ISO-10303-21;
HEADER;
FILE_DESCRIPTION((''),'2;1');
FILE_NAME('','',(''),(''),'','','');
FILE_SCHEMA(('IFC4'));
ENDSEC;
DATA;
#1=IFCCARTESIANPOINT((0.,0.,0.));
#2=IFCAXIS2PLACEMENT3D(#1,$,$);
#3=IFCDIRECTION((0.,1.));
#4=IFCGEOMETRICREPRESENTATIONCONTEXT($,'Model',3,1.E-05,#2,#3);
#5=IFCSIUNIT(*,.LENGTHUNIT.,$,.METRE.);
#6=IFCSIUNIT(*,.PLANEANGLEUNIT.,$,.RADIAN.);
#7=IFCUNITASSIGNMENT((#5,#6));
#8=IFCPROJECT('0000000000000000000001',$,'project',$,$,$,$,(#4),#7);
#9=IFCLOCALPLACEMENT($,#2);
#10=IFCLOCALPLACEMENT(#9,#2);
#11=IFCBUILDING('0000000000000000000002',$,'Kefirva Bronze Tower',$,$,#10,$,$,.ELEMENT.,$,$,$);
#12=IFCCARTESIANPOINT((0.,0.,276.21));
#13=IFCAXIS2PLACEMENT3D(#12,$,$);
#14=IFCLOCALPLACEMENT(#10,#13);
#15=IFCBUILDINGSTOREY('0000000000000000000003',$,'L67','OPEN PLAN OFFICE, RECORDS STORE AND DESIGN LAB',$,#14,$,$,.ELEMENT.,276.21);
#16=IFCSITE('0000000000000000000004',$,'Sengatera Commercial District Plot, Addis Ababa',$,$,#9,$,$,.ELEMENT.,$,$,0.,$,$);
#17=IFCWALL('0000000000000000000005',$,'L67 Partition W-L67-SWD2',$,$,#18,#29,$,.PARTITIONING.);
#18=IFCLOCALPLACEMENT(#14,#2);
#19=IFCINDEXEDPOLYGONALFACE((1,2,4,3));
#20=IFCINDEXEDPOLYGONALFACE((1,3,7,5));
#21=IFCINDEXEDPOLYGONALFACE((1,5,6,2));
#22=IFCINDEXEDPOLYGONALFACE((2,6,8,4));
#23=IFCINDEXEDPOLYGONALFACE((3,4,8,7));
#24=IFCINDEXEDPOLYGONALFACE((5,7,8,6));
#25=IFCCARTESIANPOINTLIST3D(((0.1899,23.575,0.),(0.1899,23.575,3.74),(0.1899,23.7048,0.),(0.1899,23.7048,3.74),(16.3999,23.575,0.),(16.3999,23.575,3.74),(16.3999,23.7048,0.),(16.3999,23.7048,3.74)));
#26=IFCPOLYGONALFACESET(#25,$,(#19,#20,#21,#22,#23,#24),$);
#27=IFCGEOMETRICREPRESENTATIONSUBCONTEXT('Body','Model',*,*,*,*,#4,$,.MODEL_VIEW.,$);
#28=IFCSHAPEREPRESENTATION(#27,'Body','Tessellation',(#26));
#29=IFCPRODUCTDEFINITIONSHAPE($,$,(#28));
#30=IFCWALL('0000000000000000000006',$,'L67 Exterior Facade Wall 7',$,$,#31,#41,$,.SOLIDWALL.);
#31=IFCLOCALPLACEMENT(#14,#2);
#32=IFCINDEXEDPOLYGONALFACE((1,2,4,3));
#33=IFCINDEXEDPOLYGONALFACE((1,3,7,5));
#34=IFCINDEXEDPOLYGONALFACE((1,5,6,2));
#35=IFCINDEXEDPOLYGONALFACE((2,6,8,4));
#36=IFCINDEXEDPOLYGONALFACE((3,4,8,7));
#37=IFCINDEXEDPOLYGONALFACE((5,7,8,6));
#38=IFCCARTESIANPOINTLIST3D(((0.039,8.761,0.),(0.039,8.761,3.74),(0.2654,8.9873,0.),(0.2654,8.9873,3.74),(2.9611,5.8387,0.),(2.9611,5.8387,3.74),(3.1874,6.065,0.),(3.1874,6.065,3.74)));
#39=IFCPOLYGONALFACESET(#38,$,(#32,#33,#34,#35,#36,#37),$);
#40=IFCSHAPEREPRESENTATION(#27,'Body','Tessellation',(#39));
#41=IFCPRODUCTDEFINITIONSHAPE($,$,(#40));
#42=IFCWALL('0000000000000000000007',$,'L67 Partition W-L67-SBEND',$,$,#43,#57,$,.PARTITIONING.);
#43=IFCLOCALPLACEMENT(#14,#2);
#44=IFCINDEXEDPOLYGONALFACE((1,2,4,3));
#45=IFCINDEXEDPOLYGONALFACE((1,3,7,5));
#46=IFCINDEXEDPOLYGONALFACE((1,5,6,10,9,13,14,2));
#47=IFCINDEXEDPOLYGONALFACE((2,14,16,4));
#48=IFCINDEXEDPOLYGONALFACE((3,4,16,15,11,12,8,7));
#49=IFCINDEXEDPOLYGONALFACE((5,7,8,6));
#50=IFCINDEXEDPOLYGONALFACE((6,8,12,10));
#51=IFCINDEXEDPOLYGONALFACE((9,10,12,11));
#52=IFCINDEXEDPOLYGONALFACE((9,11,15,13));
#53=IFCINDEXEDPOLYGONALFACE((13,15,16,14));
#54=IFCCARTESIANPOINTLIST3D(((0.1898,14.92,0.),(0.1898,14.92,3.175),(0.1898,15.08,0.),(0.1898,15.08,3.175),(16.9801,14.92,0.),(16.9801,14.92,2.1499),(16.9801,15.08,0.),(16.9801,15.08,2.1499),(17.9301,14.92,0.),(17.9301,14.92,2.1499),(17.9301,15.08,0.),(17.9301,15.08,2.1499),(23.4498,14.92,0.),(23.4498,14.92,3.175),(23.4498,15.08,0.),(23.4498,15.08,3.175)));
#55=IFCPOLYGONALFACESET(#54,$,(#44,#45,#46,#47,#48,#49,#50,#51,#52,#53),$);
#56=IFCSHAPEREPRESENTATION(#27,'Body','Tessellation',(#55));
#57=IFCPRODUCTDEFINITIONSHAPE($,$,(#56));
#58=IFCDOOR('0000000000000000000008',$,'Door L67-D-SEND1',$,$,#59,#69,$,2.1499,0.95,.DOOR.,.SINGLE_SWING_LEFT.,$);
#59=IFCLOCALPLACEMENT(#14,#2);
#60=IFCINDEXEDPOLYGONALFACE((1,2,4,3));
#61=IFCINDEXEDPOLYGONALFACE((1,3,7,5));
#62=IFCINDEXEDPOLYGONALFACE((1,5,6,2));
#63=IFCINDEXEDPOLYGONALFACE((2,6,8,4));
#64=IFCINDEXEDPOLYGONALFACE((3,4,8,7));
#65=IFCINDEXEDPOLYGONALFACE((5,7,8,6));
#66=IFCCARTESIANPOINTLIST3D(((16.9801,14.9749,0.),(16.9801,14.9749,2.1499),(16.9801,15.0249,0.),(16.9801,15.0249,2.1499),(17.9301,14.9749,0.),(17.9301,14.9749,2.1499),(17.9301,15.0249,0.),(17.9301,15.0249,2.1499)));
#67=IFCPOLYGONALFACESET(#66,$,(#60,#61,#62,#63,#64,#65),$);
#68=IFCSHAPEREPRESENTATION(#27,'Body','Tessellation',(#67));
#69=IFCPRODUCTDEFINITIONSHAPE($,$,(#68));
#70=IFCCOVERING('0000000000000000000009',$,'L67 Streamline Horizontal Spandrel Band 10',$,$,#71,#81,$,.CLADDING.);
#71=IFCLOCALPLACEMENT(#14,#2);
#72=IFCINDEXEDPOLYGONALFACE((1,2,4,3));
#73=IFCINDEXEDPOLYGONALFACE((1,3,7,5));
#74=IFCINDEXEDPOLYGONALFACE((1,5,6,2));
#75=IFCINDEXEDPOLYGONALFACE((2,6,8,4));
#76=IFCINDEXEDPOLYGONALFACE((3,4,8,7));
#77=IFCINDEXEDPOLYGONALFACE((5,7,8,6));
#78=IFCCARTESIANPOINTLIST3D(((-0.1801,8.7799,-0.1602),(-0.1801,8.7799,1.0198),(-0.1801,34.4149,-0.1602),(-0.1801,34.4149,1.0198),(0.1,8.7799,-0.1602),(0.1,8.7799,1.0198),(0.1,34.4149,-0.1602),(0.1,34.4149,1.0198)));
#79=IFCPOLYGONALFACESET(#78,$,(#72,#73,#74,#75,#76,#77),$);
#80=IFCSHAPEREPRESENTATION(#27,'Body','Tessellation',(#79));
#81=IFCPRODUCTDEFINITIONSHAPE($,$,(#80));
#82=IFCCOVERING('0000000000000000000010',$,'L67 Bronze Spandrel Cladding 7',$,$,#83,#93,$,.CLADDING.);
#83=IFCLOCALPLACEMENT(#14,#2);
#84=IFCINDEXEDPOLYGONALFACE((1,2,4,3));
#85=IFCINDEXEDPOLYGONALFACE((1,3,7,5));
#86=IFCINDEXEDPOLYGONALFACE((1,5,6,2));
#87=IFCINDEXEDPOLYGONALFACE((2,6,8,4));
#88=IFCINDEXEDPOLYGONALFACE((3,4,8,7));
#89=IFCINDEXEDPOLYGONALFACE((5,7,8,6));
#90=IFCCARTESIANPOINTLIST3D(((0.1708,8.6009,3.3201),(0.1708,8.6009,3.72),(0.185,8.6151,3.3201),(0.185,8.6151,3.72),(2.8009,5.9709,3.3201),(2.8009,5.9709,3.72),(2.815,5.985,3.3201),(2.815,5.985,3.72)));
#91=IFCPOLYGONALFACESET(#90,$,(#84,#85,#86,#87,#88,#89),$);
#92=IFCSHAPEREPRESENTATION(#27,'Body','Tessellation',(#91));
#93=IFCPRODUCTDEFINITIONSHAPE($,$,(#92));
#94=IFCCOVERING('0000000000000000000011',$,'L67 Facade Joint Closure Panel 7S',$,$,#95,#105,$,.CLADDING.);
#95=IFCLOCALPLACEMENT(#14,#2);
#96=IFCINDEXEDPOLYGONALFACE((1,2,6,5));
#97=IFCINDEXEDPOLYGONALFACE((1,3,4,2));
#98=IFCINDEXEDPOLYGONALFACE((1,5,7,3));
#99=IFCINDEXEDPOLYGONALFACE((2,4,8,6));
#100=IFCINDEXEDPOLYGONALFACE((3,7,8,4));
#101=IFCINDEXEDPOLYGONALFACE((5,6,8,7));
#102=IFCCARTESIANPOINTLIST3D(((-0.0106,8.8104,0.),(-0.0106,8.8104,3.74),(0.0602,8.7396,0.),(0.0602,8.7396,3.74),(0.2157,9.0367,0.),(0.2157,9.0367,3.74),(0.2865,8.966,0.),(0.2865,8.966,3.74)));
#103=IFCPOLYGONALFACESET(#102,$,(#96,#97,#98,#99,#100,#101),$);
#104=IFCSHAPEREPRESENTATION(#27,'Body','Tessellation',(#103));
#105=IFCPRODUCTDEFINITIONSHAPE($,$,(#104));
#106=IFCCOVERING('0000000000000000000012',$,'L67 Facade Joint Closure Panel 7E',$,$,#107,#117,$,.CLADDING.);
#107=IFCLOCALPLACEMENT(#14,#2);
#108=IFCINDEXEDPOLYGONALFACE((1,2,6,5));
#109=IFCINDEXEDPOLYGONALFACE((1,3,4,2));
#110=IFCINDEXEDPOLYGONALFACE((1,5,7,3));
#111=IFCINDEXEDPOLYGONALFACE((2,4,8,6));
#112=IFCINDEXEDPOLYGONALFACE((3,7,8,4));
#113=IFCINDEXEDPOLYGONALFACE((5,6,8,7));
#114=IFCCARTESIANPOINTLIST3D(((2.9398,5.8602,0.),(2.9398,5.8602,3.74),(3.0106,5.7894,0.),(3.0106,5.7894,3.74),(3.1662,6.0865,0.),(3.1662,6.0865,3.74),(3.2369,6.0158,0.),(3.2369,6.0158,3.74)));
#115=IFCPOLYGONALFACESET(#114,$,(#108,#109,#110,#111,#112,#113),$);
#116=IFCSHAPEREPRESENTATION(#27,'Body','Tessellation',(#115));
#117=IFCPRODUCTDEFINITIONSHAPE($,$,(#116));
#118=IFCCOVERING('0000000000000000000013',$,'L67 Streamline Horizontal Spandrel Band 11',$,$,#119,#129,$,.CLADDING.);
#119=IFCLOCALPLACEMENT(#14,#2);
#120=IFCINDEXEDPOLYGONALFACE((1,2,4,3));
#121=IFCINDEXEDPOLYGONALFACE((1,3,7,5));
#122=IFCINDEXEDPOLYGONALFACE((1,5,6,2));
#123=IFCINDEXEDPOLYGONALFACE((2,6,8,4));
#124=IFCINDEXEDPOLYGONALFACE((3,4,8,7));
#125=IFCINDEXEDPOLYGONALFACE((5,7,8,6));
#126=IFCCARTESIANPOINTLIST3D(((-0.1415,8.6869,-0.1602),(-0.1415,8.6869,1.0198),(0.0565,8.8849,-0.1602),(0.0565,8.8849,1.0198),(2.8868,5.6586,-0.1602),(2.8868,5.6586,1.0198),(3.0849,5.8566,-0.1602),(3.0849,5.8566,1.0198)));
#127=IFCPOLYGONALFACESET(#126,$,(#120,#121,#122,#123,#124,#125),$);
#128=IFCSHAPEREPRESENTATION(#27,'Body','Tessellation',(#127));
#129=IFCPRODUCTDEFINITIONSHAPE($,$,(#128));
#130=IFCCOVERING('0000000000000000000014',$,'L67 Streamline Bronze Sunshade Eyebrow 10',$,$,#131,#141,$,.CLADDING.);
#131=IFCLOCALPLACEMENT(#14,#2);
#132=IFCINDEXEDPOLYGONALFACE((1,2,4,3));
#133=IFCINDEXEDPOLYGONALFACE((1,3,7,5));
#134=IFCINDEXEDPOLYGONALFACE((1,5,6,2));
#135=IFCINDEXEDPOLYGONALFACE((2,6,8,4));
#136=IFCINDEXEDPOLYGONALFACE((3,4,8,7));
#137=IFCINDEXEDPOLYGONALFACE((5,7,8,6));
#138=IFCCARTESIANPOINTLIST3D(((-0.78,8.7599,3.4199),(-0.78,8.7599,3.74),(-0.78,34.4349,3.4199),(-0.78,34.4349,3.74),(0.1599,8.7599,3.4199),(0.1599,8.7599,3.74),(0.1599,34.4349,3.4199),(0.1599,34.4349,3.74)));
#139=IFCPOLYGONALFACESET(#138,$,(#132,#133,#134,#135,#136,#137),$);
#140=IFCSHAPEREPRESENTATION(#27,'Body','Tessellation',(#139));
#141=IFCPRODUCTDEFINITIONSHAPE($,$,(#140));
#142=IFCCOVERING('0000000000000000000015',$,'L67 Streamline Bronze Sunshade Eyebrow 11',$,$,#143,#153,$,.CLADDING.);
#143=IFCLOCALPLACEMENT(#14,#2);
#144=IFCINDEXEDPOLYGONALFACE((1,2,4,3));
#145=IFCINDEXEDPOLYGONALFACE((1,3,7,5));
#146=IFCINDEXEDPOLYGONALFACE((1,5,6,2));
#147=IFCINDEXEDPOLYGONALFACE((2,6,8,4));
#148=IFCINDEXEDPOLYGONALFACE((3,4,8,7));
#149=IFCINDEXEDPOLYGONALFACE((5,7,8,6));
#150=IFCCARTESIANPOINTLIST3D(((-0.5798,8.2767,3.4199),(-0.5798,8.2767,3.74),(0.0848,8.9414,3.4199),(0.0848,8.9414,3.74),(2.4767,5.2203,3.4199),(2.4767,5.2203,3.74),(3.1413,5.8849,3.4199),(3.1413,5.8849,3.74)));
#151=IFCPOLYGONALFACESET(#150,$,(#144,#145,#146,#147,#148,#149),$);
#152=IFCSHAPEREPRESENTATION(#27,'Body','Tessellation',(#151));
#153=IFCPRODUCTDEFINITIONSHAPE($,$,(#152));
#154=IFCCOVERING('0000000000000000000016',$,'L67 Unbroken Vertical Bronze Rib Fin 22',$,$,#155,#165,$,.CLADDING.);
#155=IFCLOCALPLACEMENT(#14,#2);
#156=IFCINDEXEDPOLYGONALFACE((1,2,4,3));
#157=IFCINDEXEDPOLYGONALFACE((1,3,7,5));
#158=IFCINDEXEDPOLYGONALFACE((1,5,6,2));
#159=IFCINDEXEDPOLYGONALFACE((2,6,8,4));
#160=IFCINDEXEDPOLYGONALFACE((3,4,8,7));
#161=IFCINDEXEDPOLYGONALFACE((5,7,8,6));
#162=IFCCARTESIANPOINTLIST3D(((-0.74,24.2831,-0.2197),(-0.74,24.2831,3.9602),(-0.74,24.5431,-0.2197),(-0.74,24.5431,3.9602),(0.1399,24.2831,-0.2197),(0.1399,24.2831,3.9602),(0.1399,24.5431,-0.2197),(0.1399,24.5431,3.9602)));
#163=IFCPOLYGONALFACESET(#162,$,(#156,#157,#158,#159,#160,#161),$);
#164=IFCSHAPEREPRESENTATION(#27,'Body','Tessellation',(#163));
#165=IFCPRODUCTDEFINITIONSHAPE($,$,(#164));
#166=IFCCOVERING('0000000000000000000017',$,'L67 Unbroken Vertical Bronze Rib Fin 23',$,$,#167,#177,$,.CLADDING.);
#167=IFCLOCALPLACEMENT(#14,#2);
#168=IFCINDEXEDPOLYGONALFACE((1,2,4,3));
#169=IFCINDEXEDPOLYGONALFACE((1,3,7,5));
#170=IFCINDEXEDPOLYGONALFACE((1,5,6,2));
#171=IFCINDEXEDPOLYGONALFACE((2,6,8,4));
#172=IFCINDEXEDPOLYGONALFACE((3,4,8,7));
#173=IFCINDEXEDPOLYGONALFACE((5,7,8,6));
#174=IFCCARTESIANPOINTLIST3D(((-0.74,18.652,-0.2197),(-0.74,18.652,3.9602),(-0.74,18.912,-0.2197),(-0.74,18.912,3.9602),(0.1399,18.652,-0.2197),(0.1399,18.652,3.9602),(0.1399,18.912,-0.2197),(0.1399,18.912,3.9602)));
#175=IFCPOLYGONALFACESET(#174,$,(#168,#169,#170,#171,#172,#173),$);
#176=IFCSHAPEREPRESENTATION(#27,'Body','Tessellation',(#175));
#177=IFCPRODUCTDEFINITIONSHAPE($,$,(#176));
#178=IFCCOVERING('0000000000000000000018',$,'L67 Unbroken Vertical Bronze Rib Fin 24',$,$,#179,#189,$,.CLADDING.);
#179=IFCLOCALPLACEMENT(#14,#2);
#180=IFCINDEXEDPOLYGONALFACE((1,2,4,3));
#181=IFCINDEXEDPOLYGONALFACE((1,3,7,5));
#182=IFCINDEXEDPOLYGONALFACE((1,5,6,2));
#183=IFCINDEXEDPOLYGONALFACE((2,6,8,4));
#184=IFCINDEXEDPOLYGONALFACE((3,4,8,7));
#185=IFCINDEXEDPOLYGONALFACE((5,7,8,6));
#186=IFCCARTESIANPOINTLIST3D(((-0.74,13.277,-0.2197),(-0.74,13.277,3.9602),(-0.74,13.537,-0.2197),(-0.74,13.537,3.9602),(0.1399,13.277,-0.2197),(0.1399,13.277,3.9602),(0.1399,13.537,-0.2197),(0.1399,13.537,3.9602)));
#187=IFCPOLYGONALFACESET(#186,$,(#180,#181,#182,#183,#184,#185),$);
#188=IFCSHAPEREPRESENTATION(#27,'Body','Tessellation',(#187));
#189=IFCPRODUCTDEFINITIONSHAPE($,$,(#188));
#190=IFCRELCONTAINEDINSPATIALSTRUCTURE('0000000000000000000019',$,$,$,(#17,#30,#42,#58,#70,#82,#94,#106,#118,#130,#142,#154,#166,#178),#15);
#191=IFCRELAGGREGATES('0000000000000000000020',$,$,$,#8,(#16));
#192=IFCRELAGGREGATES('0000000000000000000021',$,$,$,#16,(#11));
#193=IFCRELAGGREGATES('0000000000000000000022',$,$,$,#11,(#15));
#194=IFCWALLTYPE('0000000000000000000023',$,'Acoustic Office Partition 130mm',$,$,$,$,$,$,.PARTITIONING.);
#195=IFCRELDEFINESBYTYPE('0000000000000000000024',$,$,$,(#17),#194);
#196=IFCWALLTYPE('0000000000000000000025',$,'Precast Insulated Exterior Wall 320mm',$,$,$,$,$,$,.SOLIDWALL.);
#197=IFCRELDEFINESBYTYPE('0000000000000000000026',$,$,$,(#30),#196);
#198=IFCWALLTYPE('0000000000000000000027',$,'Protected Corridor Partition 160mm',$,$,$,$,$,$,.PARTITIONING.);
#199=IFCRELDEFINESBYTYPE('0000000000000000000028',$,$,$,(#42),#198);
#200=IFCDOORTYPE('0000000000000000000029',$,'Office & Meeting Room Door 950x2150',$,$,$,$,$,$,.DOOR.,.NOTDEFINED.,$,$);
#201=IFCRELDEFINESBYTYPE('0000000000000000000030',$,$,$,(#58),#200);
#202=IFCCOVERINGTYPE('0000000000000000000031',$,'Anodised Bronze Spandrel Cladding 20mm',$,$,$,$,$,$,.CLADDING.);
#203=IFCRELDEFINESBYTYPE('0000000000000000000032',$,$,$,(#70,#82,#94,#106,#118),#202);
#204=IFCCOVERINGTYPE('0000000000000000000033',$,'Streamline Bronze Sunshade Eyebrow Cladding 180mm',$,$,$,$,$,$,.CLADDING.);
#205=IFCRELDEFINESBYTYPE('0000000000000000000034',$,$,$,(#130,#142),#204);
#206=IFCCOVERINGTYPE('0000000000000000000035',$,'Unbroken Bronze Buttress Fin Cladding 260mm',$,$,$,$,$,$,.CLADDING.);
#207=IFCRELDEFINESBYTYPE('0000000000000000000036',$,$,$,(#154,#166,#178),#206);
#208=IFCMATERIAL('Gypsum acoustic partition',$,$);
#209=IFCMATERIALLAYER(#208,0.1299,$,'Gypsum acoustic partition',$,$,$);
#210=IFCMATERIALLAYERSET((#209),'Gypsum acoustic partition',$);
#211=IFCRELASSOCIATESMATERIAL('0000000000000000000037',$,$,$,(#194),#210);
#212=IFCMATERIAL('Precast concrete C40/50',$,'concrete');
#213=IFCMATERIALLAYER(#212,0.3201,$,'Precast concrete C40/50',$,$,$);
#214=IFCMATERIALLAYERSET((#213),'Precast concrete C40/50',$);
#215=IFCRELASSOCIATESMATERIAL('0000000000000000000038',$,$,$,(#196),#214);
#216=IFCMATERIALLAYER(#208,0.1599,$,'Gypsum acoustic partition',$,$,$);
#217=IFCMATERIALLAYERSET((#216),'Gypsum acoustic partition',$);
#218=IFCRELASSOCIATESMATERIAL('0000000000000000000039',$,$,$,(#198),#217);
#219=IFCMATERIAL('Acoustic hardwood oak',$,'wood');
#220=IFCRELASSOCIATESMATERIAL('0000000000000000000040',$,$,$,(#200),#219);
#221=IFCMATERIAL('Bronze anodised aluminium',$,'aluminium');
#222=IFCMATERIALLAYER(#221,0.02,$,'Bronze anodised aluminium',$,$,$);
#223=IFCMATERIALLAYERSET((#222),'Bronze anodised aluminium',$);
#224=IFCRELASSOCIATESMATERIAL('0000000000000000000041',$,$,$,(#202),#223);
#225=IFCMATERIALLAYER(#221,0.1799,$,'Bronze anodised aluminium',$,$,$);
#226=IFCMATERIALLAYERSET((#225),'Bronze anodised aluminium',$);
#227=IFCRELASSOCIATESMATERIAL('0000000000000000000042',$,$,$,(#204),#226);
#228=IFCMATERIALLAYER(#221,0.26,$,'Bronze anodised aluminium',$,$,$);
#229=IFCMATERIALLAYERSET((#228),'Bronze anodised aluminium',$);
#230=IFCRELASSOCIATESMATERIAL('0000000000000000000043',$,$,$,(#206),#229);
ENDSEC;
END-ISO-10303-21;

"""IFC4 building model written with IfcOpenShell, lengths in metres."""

from ifc_helpers import new_model, si_unit, direction, frame, frame_2d, origin, origin_2d, place, context, subcontext, project, spatial, rectangle, extrude, material, layer, layer_set, type_object, element, fill, save


model = new_model("IFC4")

# Units and contexts
model_context = context("Model", 3, precision=1e-05, world=origin(), true_north=direction((0.0, 1.0)))
body_context = subcontext(model_context, "Body", "Model", "MODEL_VIEW")
ifc_project = project(units=[si_unit("LENGTHUNIT", "METRE"), si_unit("PLANEANGLEUNIT", "RADIAN")], contexts=[model_context])

# Site, building, storey
site_placement = place(None, origin())
site = spatial("IfcSite", under=ifc_project, at=site_placement, Name="Sengatera Commercial District Plot, Addis Ababa", CompositionType="ELEMENT", RefElevation=0.0)
building_placement = place(site_placement, origin())
building = spatial("IfcBuilding", under=site, at=building_placement, Name="Kefirva Bronze Tower", CompositionType="ELEMENT")
storey_placement = place(building_placement, frame((0.0, 0.0, 276.21)))
storey = spatial("IfcBuildingStorey", under=building, at=storey_placement, Name="L67", Description="OPEN PLAN OFFICE, RECORDS STORE AND DESIGN LAB", CompositionType="ELEMENT", Elevation=276.21)

# Shared definitions
ifc_material_1 = material(Name="Bronze anodised aluminium", Category="aluminium")

# Walls
ifc_material_2 = material(Name="Gypsum acoustic partition")
ifc_layer_1 = layer(ifc_material_2, 0.1299, Name="Gypsum acoustic partition")
ifc_layer_set_1 = layer_set([ifc_layer_1], Name="Gypsum acoustic partition")
wall_type_1 = type_object("IfcWallType", Name="Acoustic Office Partition 130mm", PredefinedType="PARTITIONING", material=ifc_layer_set_1)
for number, where, z_axis, x_axis, name in (
    (1, (0.1899, 23.6399, 0.0), (0.0, 0.0, 1.0), (1.0, 0.0, 0.0), "L67 Partition W-L67-SWD2"),
):
    element("IfcWall", number, at=place(storey_placement, frame(where, z_axis=z_axis, x_axis=x_axis)), inside=storey, type_object=wall_type_1, Name=name, PredefinedType="PARTITIONING", context=body_context, shape_type="SweptSolid", body=[
        extrude(rectangle(XDim=16.21, YDim=0.1299, at=frame_2d((8.105, 0.0))), origin(), (0.0, 0.0, 1.0), 3.74),
    ])
ifc_material_3 = material(Name="Precast concrete C40/50", Category="concrete")
ifc_layer_2 = layer(ifc_material_3, 0.3201, Name="Precast concrete C40/50")
ifc_layer_set_2 = layer_set([ifc_layer_2], Name="Precast concrete C40/50")
wall_type_2 = type_object("IfcWallType", Name="Precast Insulated Exterior Wall 320mm", PredefinedType="SOLIDWALL", material=ifc_layer_set_2)
wall_1_placement = place(storey_placement, frame((0.1521, 8.8743, 0.0), z_axis=(0.0, 0.0, 1.0), x_axis=(0.707077, -0.707136, 0.0)))
element("IfcWall", 2, at=wall_1_placement, inside=storey, type_object=wall_type_2, Name="L67 Exterior Facade Wall 7", PredefinedType="SOLIDWALL", context=body_context, shape_type="SweptSolid", body=[
    extrude(rectangle(XDim=4.1326, YDim=0.3201, at=frame_2d((2.0664, 0.0))), origin(), (0.0, 0.0, 1.0), 3.74),
])

# Wall, opening, door
ifc_layer_3 = layer(ifc_material_2, 0.1599, Name="Gypsum acoustic partition")
ifc_layer_set_3 = layer_set([ifc_layer_3], Name="Gypsum acoustic partition")
wall_type_3 = type_object("IfcWallType", Name="Protected Corridor Partition 160mm", PredefinedType="PARTITIONING", material=ifc_layer_set_3)
wall_2_placement = place(storey_placement, frame((0.1899, 15.0, 0.0), z_axis=(0.0, 0.0, 1.0), x_axis=(1.0, 0.0, 0.0)))
wall_2 = element("IfcWall", 3, at=wall_2_placement, inside=storey, type_object=wall_type_3, Name="L67 Partition W-L67-SBEND", PredefinedType="PARTITIONING", context=body_context, shape_type="SweptSolid", body=[
    extrude(rectangle(XDim=23.26, YDim=0.1599, at=frame_2d((11.6299, 0.0))), origin(), (0.0, 0.0, 1.0), 3.175),
])
opening_placement = place(wall_2_placement, frame((16.79, 0.0, 0.0)))
opening = element("IfcOpeningElement", 4, at=opening_placement, cuts=wall_2, PredefinedType="OPENING", context=body_context, shape_type="SweptSolid", body=[
    extrude(rectangle(XDim=0.95, YDim=2.1499, at=frame_2d((0.4751, 1.075))), frame((0.0, 0.0898, 0.0), z_axis=(0.0, -1.0, 0.0), x_axis=(1.0, 0.0, 0.0)), (0.0, 0.0, 1.0), 0.1799),
])
ifc_material_4 = material(Name="Acoustic hardwood oak", Category="wood")
door_type = type_object("IfcDoorType", Name="Office & Meeting Room Door 950x2150", OperationType="NOTDEFINED", PredefinedType="DOOR", material=ifc_material_4)
door_placement = place(opening_placement, origin())
door = element("IfcDoor", 5, at=door_placement, inside=storey, type_object=door_type, Name="Door L67-D-SEND1", OperationType="SINGLE_SWING_LEFT", OverallHeight=2.1499, OverallWidth=0.95, PredefinedType="DOOR", context=body_context, shape_type="SweptSolid", body=[
    extrude(rectangle(XDim=0.95, YDim=2.1499, at=frame_2d((0.4751, 1.075))), frame((0.0, 0.0249, 0.0), z_axis=(0.0, -1.0, 0.0), x_axis=(1.0, 0.0, 0.0)), (0.0, 0.0, 1.0), 0.05),
])
fill(opening, door)

# Coverings
ifc_layer_4 = layer(ifc_material_1, 0.02, Name="Bronze anodised aluminium")
ifc_layer_set_4 = layer_set([ifc_layer_4], Name="Bronze anodised aluminium")
covering_type_1 = type_object("IfcCoveringType", Name="Anodised Bronze Spandrel Cladding 20mm", PredefinedType="CLADDING", material=ifc_layer_set_4)
covering_1_placement = place(storey_placement, frame((-0.04, 21.5974, -0.1602), z_axis=(0.0, 0.0, 1.0), x_axis=(0.0, -1.0, 0.0)))
element("IfcCovering", 6, at=covering_1_placement, inside=storey, type_object=covering_type_1, Name="L67 Streamline Horizontal Spandrel Band 10", PredefinedType="CLADDING", context=body_context, shape_type="SweptSolid", body=[
    extrude(rectangle(XDim=25.635, YDim=0.28, at=origin_2d()), origin(), (0.0, 0.0, 1.0), 1.1799),
])
covering_2_placement = place(storey_placement, frame((1.4929, 7.293, 3.3201), z_axis=(0.0, 0.0, 1.0), x_axis=(0.707107, -0.707107, 0.0)))
element("IfcCovering", 7, at=covering_2_placement, inside=storey, type_object=covering_type_1, Name="L67 Bronze Spandrel Cladding 7", PredefinedType="CLADDING", context=body_context, shape_type="SweptSolid", body=[
    extrude(rectangle(XDim=3.7195, YDim=0.02, at=origin_2d()), origin(), (0.0, 0.0, 1.0), 0.3999),
])
for number, where, z_axis, x_axis, name in (
    (8, (0.1379, 8.8882, 0.0), (0.0, 0.0, 1.0), (0.707107, -0.707107, 0.0), "L67 Facade Joint Closure Panel 7S"),
    (9, (3.0884, 5.938, 0.0), (0.0, 0.0, 1.0), (0.707107, -0.707107, 0.0), "L67 Facade Joint Closure Panel 7E"),
):
    element("IfcCovering", number, at=place(storey_placement, frame(where, z_axis=z_axis, x_axis=x_axis)), inside=storey, type_object=covering_type_1, Name=name, PredefinedType="CLADDING", context=body_context, shape_type="SweptSolid", body=[
        extrude(rectangle(XDim=0.1001, YDim=0.3201, at=origin_2d()), origin(), (0.0, 0.0, 1.0), 3.74),
    ])
covering_3_placement = place(storey_placement, frame((1.4717, 7.2717, -0.1602), z_axis=(0.0, 0.0, 1.0), x_axis=(0.707107, -0.707107, 0.0)))
element("IfcCovering", 10, at=covering_3_placement, inside=storey, type_object=covering_type_1, Name="L67 Streamline Horizontal Spandrel Band 11", PredefinedType="CLADDING", context=body_context, shape_type="SweptSolid", body=[
    extrude(rectangle(XDim=4.2827, YDim=0.28, at=origin_2d()), origin(), (0.0, 0.0, 1.0), 1.1799),
])
ifc_layer_5 = layer(ifc_material_1, 0.1799, Name="Bronze anodised aluminium")
ifc_layer_set_5 = layer_set([ifc_layer_5], Name="Bronze anodised aluminium")
covering_type_2 = type_object("IfcCoveringType", Name="Streamline Bronze Sunshade Eyebrow Cladding 180mm", PredefinedType="CLADDING", material=ifc_layer_set_5)
covering_4_placement = place(storey_placement, frame((-0.3101, 21.5974, 3.4199), z_axis=(0.0, 0.0, 1.0), x_axis=(0.0, -1.0, 0.0)))
element("IfcCovering", 11, at=covering_4_placement, inside=storey, type_object=covering_type_2, Name="L67 Streamline Bronze Sunshade Eyebrow 10", PredefinedType="CLADDING", context=body_context, shape_type="SweptSolid", body=[
    extrude(rectangle(XDim=25.675, YDim=0.9399, at=origin_2d()), origin(), (0.0, 0.0, 1.0), 0.3201),
])
covering_5_placement = place(storey_placement, frame((1.2808, 7.0808, 3.4199), z_axis=(0.0, 0.0, 1.0), x_axis=(0.707107, -0.707107, 0.0)))
element("IfcCovering", 12, at=covering_5_placement, inside=storey, type_object=covering_type_2, Name="L67 Streamline Bronze Sunshade Eyebrow 11", PredefinedType="CLADDING", context=body_context, shape_type="SweptSolid", body=[
    extrude(rectangle(XDim=4.3225, YDim=0.9399, at=origin_2d()), origin(), (0.0, 0.0, 1.0), 0.3201),
])
ifc_layer_6 = layer(ifc_material_1, 0.26, Name="Bronze anodised aluminium")
ifc_layer_set_6 = layer_set([ifc_layer_6], Name="Bronze anodised aluminium")
covering_type_3 = type_object("IfcCoveringType", Name="Unbroken Bronze Buttress Fin Cladding 260mm", PredefinedType="CLADDING", material=ifc_layer_set_6)
for number, where, z_axis, x_axis, name in (
    (13, (-0.3, 24.4131, -0.2197), (0.0, 0.0, 1.0), (0.0, -1.0, 0.0), "L67 Unbroken Vertical Bronze Rib Fin 22"),
    (14, (-0.3, 18.782, -0.2197), (0.0, 0.0, 1.0), (0.0, -1.0, 0.0), "L67 Unbroken Vertical Bronze Rib Fin 23"),
    (15, (-0.3, 13.407, -0.2197), (0.0, 0.0, 1.0), (0.0, -1.0, 0.0), "L67 Unbroken Vertical Bronze Rib Fin 24"),
):
    element("IfcCovering", number, at=place(storey_placement, frame(where, z_axis=z_axis, x_axis=x_axis)), inside=storey, type_object=covering_type_3, Name=name, PredefinedType="CLADDING", context=body_context, shape_type="SweptSolid", body=[
        extrude(rectangle(XDim=0.26, YDim=0.8799, at=origin_2d()), origin(), (0.0, 0.0, 1.0), 4.1799),
    ])

save(model, "model.ifc")
